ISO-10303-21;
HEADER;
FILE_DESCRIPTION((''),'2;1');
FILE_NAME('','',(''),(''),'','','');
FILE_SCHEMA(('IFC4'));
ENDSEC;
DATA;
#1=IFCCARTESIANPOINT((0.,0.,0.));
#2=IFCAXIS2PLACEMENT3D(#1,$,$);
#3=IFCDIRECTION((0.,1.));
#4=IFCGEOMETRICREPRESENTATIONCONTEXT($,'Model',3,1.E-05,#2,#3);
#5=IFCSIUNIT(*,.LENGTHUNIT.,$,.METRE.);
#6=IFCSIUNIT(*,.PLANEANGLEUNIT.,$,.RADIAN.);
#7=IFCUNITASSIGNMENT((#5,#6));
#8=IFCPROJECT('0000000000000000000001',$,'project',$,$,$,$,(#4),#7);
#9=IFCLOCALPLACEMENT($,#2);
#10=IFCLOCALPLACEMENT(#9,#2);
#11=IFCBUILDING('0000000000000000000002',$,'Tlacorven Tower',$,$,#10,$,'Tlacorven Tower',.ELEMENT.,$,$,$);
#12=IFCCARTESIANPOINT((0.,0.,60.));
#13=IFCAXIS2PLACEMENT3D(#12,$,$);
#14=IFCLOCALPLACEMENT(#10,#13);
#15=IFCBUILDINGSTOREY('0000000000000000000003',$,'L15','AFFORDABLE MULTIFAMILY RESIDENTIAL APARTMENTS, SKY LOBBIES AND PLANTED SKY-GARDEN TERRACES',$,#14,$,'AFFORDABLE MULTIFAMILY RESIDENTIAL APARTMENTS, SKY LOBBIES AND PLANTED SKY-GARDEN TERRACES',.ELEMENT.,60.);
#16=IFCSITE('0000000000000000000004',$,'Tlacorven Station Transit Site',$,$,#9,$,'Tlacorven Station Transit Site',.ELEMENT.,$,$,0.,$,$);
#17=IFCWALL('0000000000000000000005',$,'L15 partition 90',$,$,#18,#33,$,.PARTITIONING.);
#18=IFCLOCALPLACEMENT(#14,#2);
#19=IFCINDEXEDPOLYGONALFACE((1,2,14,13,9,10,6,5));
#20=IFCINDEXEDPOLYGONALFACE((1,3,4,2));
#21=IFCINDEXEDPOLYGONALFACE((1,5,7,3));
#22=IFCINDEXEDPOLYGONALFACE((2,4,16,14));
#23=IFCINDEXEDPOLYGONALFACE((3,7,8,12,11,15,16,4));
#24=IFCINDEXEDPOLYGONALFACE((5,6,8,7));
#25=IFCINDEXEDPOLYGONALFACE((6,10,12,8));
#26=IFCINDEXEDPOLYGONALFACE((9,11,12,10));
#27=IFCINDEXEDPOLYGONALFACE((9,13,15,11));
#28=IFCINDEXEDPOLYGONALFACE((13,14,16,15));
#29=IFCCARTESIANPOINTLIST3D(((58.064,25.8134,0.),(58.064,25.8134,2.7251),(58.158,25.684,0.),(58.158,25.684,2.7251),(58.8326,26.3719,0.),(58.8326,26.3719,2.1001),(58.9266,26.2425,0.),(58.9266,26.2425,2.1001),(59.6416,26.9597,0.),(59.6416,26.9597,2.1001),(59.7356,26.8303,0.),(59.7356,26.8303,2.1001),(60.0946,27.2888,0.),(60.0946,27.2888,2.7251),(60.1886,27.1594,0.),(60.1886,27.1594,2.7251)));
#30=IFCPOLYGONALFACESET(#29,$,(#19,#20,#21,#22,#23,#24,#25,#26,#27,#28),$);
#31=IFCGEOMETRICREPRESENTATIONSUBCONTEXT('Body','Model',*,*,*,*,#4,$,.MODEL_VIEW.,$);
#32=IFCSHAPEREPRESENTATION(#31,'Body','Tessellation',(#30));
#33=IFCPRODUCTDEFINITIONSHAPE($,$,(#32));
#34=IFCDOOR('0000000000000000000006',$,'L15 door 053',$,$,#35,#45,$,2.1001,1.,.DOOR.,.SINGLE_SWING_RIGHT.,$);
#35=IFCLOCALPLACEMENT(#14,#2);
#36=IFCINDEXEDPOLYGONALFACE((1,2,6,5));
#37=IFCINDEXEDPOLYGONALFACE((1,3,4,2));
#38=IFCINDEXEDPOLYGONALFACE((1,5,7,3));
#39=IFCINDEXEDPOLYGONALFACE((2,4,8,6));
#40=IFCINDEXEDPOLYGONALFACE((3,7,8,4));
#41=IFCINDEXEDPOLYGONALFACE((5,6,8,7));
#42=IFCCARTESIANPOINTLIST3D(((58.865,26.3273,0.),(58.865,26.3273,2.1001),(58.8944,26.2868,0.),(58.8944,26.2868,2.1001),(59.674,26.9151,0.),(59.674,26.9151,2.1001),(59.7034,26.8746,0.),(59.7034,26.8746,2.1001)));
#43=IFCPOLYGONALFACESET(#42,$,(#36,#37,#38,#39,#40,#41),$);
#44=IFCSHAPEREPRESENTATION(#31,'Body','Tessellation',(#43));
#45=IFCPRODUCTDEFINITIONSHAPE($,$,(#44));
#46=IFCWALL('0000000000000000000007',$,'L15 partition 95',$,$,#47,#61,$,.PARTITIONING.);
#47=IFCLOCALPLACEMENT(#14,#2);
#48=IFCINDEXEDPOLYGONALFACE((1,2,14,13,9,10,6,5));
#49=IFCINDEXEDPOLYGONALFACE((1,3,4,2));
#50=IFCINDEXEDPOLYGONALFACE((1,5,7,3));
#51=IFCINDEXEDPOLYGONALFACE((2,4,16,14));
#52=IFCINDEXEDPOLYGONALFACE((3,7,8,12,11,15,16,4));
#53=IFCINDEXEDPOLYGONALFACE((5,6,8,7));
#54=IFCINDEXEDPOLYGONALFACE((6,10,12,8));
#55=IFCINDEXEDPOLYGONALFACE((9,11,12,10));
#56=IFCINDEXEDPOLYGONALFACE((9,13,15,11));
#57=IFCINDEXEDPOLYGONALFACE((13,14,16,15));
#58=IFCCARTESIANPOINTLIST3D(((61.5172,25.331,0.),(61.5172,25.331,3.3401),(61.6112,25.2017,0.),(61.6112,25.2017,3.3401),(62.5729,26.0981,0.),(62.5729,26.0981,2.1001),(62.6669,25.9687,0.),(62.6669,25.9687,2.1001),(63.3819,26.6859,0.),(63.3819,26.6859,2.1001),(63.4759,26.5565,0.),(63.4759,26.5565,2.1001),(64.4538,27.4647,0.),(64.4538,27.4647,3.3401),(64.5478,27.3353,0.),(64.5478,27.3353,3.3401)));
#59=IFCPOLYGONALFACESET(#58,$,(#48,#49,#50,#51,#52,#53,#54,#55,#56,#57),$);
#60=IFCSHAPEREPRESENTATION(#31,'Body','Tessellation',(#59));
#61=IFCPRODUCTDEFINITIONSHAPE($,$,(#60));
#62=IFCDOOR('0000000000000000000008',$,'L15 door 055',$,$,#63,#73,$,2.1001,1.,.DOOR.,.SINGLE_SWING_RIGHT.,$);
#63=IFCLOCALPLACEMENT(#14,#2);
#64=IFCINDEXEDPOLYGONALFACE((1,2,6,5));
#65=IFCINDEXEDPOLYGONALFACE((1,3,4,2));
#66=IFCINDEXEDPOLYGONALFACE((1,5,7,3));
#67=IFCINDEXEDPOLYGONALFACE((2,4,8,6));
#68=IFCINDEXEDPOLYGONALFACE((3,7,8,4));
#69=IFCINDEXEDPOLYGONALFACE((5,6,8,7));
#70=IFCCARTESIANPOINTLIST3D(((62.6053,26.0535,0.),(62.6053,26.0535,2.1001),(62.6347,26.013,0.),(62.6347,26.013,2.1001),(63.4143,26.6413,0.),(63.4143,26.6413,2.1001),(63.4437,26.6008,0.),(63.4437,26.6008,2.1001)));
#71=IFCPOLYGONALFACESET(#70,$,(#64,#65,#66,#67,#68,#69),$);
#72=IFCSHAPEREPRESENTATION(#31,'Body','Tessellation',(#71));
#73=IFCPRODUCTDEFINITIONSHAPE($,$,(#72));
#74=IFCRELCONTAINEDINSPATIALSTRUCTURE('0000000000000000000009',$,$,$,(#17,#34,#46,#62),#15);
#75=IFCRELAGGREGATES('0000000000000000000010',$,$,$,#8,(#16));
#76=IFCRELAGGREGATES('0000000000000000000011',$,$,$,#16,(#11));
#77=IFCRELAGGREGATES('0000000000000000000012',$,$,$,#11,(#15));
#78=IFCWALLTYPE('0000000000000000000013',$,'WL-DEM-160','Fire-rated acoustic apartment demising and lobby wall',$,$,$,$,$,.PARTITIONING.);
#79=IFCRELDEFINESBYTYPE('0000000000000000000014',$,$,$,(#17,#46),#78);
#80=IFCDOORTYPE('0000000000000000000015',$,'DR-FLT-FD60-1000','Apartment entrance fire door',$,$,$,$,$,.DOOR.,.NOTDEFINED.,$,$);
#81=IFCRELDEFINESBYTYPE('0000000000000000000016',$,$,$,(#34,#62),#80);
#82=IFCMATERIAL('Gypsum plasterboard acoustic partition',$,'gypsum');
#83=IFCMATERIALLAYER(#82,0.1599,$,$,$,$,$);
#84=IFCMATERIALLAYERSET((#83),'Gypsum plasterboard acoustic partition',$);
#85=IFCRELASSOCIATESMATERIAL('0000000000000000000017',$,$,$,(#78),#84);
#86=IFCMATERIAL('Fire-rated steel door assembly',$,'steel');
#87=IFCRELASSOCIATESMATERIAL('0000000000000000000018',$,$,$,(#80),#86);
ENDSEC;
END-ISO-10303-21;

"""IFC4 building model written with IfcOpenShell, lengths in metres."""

from ifc_helpers import new_model, si_unit, direction, frame, frame_2d, origin, place, context, subcontext, project, spatial, rectangle, extrude, source, transform, mapped, material, layer, layer_set, type_object, element, fill, save


model = new_model("IFC4")

# Units and contexts
model_context = context("Model", 3, precision=1e-05, world=origin(), true_north=direction((0.0, 1.0)))
body_context = subcontext(model_context, "Body", "Model", "MODEL_VIEW")
ifc_project = project(units=[si_unit("LENGTHUNIT", "METRE"), si_unit("PLANEANGLEUNIT", "RADIAN")], contexts=[model_context])

# Site, building, storey
site_placement = place(None, origin())
site = spatial("IfcSite", under=ifc_project, at=site_placement, Name="Tlacorven Station Transit Site", LongName="Tlacorven Station Transit Site", CompositionType="ELEMENT", RefElevation=0.0)
building_placement = place(site_placement, origin())
building = spatial("IfcBuilding", under=site, at=building_placement, Name="Tlacorven Tower", LongName="Tlacorven Tower", CompositionType="ELEMENT")
storey_placement = place(building_placement, frame((0.0, 0.0, 60.0)))
storey = spatial("IfcBuildingStorey", under=building, at=storey_placement, Name="L15", Description="AFFORDABLE MULTIFAMILY RESIDENTIAL APARTMENTS, SKY LOBBIES AND PLANTED SKY-GARDEN TERRACES", LongName="AFFORDABLE MULTIFAMILY RESIDENTIAL APARTMENTS, SKY LOBBIES AND PLANTED SKY-GARDEN TERRACES", CompositionType="ELEMENT", Elevation=60.0)

# Walls, openings, doors
ifc_material_1 = material(Name="Gypsum plasterboard acoustic partition", Category="gypsum")
ifc_layer_1 = layer(ifc_material_1, 0.1599)
ifc_layer_set_1 = layer_set([ifc_layer_1], Name="Gypsum plasterboard acoustic partition")
wall_type_1 = type_object("IfcWallType", Name="WL-DEM-160", Description="Fire-rated acoustic apartment demising and lobby wall", PredefinedType="PARTITIONING", material=ifc_layer_set_1)
wall_1_placement = place(storey_placement, frame((58.1111, 25.7488, 0.0), z_axis=(0.0, 0.0, 1.0), x_axis=(0.809001, 0.587807, 0.0)))
wall_1 = element("IfcWall", 1, at=wall_1_placement, inside=storey, type_object=wall_type_1, Name="L15 partition 90", PredefinedType="PARTITIONING", context=body_context, shape_type="SweptSolid", body=[
    extrude(rectangle(XDim=2.51, YDim=0.1599, at=frame_2d((1.2549, 0.0))), origin(), (0.0, 0.0, 1.0), 2.7251),
])
opening_1_placement = place(wall_1_placement, frame((0.95, 0.0, 0.0)))
opening_1 = element("IfcOpeningElement", 2, at=opening_1_placement, cuts=wall_1, PredefinedType="OPENING", context=body_context, shape_type="SweptSolid", body=[
    extrude(rectangle(XDim=1.0, YDim=2.1001, at=frame_2d((0.5, 1.05))), frame((0.0, 0.0898, 0.0), z_axis=(0.0, -1.0, 0.0), x_axis=(1.0, 0.0, 0.0)), (0.0, 0.0, 1.0), 0.1799),
])
ifc_material_2 = material(Name="Fire-rated steel door assembly", Category="steel")
door_type_1 = type_object("IfcDoorType", Name="DR-FLT-FD60-1000", Description="Apartment entrance fire door", OperationType="NOTDEFINED", PredefinedType="DOOR", material=ifc_material_2)
shared_shape_1 = source(origin(), body_context, "Body", "SweptSolid", [
    extrude(rectangle(XDim=1.0, YDim=2.1001, at=frame_2d((0.5, 1.05))), frame((0.0, 0.0249, 0.0), z_axis=(0.0, -1.0, 0.0), x_axis=(1.0, 0.0, 0.0)), (0.0, 0.0, 1.0), 0.05),
])
door_1_placement = place(opening_1_placement, origin())
door_1 = element("IfcDoor", 3, at=door_1_placement, inside=storey, type_object=door_type_1, Name="L15 door 053", OperationType="SINGLE_SWING_RIGHT", OverallHeight=2.1001, OverallWidth=1.0, PredefinedType="DOOR", context=body_context, shape_type="MappedRepresentation", body=[
    mapped(shared_shape_1, transform((0.0, 0.0, 0.0), scale=1.0)),
])
fill(opening_1, door_1)
wall_2_placement = place(storey_placement, frame((61.5642, 25.2664, 0.0), z_axis=(0.0, 0.0, 1.0), x_axis=(0.809012, 0.587792, 0.0)))
wall_2 = element("IfcWall", 4, at=wall_2_placement, inside=storey, type_object=wall_type_1, Name="L15 partition 95", PredefinedType="PARTITIONING", context=body_context, shape_type="SweptSolid", body=[
    extrude(rectangle(XDim=3.6299, YDim=0.1599, at=frame_2d((1.8149, 0.0))), origin(), (0.0, 0.0, 1.0), 3.3401),
])
opening_2_placement = place(wall_2_placement, frame((1.3049, 0.0, 0.0)))
opening_2 = element("IfcOpeningElement", 5, at=opening_2_placement, cuts=wall_2, PredefinedType="OPENING", context=body_context, shape_type="SweptSolid", body=[
    extrude(rectangle(XDim=1.0, YDim=2.1001, at=frame_2d((0.5, 1.05))), frame((0.0, 0.0898, 0.0), z_axis=(0.0, -1.0, 0.0), x_axis=(1.0, 0.0, 0.0)), (0.0, 0.0, 1.0), 0.1799),
])
door_2_placement = place(opening_2_placement, origin())
door_2 = element("IfcDoor", 6, at=door_2_placement, inside=storey, type_object=door_type_1, Name="L15 door 055", OperationType="SINGLE_SWING_RIGHT", OverallHeight=2.1001, OverallWidth=1.0, PredefinedType="DOOR", context=body_context, shape_type="MappedRepresentation", body=[
    mapped(shared_shape_1, transform((0.0, 0.0, 0.0), scale=1.0)),
])
fill(opening_2, door_2)

save(model, "model.ifc")
